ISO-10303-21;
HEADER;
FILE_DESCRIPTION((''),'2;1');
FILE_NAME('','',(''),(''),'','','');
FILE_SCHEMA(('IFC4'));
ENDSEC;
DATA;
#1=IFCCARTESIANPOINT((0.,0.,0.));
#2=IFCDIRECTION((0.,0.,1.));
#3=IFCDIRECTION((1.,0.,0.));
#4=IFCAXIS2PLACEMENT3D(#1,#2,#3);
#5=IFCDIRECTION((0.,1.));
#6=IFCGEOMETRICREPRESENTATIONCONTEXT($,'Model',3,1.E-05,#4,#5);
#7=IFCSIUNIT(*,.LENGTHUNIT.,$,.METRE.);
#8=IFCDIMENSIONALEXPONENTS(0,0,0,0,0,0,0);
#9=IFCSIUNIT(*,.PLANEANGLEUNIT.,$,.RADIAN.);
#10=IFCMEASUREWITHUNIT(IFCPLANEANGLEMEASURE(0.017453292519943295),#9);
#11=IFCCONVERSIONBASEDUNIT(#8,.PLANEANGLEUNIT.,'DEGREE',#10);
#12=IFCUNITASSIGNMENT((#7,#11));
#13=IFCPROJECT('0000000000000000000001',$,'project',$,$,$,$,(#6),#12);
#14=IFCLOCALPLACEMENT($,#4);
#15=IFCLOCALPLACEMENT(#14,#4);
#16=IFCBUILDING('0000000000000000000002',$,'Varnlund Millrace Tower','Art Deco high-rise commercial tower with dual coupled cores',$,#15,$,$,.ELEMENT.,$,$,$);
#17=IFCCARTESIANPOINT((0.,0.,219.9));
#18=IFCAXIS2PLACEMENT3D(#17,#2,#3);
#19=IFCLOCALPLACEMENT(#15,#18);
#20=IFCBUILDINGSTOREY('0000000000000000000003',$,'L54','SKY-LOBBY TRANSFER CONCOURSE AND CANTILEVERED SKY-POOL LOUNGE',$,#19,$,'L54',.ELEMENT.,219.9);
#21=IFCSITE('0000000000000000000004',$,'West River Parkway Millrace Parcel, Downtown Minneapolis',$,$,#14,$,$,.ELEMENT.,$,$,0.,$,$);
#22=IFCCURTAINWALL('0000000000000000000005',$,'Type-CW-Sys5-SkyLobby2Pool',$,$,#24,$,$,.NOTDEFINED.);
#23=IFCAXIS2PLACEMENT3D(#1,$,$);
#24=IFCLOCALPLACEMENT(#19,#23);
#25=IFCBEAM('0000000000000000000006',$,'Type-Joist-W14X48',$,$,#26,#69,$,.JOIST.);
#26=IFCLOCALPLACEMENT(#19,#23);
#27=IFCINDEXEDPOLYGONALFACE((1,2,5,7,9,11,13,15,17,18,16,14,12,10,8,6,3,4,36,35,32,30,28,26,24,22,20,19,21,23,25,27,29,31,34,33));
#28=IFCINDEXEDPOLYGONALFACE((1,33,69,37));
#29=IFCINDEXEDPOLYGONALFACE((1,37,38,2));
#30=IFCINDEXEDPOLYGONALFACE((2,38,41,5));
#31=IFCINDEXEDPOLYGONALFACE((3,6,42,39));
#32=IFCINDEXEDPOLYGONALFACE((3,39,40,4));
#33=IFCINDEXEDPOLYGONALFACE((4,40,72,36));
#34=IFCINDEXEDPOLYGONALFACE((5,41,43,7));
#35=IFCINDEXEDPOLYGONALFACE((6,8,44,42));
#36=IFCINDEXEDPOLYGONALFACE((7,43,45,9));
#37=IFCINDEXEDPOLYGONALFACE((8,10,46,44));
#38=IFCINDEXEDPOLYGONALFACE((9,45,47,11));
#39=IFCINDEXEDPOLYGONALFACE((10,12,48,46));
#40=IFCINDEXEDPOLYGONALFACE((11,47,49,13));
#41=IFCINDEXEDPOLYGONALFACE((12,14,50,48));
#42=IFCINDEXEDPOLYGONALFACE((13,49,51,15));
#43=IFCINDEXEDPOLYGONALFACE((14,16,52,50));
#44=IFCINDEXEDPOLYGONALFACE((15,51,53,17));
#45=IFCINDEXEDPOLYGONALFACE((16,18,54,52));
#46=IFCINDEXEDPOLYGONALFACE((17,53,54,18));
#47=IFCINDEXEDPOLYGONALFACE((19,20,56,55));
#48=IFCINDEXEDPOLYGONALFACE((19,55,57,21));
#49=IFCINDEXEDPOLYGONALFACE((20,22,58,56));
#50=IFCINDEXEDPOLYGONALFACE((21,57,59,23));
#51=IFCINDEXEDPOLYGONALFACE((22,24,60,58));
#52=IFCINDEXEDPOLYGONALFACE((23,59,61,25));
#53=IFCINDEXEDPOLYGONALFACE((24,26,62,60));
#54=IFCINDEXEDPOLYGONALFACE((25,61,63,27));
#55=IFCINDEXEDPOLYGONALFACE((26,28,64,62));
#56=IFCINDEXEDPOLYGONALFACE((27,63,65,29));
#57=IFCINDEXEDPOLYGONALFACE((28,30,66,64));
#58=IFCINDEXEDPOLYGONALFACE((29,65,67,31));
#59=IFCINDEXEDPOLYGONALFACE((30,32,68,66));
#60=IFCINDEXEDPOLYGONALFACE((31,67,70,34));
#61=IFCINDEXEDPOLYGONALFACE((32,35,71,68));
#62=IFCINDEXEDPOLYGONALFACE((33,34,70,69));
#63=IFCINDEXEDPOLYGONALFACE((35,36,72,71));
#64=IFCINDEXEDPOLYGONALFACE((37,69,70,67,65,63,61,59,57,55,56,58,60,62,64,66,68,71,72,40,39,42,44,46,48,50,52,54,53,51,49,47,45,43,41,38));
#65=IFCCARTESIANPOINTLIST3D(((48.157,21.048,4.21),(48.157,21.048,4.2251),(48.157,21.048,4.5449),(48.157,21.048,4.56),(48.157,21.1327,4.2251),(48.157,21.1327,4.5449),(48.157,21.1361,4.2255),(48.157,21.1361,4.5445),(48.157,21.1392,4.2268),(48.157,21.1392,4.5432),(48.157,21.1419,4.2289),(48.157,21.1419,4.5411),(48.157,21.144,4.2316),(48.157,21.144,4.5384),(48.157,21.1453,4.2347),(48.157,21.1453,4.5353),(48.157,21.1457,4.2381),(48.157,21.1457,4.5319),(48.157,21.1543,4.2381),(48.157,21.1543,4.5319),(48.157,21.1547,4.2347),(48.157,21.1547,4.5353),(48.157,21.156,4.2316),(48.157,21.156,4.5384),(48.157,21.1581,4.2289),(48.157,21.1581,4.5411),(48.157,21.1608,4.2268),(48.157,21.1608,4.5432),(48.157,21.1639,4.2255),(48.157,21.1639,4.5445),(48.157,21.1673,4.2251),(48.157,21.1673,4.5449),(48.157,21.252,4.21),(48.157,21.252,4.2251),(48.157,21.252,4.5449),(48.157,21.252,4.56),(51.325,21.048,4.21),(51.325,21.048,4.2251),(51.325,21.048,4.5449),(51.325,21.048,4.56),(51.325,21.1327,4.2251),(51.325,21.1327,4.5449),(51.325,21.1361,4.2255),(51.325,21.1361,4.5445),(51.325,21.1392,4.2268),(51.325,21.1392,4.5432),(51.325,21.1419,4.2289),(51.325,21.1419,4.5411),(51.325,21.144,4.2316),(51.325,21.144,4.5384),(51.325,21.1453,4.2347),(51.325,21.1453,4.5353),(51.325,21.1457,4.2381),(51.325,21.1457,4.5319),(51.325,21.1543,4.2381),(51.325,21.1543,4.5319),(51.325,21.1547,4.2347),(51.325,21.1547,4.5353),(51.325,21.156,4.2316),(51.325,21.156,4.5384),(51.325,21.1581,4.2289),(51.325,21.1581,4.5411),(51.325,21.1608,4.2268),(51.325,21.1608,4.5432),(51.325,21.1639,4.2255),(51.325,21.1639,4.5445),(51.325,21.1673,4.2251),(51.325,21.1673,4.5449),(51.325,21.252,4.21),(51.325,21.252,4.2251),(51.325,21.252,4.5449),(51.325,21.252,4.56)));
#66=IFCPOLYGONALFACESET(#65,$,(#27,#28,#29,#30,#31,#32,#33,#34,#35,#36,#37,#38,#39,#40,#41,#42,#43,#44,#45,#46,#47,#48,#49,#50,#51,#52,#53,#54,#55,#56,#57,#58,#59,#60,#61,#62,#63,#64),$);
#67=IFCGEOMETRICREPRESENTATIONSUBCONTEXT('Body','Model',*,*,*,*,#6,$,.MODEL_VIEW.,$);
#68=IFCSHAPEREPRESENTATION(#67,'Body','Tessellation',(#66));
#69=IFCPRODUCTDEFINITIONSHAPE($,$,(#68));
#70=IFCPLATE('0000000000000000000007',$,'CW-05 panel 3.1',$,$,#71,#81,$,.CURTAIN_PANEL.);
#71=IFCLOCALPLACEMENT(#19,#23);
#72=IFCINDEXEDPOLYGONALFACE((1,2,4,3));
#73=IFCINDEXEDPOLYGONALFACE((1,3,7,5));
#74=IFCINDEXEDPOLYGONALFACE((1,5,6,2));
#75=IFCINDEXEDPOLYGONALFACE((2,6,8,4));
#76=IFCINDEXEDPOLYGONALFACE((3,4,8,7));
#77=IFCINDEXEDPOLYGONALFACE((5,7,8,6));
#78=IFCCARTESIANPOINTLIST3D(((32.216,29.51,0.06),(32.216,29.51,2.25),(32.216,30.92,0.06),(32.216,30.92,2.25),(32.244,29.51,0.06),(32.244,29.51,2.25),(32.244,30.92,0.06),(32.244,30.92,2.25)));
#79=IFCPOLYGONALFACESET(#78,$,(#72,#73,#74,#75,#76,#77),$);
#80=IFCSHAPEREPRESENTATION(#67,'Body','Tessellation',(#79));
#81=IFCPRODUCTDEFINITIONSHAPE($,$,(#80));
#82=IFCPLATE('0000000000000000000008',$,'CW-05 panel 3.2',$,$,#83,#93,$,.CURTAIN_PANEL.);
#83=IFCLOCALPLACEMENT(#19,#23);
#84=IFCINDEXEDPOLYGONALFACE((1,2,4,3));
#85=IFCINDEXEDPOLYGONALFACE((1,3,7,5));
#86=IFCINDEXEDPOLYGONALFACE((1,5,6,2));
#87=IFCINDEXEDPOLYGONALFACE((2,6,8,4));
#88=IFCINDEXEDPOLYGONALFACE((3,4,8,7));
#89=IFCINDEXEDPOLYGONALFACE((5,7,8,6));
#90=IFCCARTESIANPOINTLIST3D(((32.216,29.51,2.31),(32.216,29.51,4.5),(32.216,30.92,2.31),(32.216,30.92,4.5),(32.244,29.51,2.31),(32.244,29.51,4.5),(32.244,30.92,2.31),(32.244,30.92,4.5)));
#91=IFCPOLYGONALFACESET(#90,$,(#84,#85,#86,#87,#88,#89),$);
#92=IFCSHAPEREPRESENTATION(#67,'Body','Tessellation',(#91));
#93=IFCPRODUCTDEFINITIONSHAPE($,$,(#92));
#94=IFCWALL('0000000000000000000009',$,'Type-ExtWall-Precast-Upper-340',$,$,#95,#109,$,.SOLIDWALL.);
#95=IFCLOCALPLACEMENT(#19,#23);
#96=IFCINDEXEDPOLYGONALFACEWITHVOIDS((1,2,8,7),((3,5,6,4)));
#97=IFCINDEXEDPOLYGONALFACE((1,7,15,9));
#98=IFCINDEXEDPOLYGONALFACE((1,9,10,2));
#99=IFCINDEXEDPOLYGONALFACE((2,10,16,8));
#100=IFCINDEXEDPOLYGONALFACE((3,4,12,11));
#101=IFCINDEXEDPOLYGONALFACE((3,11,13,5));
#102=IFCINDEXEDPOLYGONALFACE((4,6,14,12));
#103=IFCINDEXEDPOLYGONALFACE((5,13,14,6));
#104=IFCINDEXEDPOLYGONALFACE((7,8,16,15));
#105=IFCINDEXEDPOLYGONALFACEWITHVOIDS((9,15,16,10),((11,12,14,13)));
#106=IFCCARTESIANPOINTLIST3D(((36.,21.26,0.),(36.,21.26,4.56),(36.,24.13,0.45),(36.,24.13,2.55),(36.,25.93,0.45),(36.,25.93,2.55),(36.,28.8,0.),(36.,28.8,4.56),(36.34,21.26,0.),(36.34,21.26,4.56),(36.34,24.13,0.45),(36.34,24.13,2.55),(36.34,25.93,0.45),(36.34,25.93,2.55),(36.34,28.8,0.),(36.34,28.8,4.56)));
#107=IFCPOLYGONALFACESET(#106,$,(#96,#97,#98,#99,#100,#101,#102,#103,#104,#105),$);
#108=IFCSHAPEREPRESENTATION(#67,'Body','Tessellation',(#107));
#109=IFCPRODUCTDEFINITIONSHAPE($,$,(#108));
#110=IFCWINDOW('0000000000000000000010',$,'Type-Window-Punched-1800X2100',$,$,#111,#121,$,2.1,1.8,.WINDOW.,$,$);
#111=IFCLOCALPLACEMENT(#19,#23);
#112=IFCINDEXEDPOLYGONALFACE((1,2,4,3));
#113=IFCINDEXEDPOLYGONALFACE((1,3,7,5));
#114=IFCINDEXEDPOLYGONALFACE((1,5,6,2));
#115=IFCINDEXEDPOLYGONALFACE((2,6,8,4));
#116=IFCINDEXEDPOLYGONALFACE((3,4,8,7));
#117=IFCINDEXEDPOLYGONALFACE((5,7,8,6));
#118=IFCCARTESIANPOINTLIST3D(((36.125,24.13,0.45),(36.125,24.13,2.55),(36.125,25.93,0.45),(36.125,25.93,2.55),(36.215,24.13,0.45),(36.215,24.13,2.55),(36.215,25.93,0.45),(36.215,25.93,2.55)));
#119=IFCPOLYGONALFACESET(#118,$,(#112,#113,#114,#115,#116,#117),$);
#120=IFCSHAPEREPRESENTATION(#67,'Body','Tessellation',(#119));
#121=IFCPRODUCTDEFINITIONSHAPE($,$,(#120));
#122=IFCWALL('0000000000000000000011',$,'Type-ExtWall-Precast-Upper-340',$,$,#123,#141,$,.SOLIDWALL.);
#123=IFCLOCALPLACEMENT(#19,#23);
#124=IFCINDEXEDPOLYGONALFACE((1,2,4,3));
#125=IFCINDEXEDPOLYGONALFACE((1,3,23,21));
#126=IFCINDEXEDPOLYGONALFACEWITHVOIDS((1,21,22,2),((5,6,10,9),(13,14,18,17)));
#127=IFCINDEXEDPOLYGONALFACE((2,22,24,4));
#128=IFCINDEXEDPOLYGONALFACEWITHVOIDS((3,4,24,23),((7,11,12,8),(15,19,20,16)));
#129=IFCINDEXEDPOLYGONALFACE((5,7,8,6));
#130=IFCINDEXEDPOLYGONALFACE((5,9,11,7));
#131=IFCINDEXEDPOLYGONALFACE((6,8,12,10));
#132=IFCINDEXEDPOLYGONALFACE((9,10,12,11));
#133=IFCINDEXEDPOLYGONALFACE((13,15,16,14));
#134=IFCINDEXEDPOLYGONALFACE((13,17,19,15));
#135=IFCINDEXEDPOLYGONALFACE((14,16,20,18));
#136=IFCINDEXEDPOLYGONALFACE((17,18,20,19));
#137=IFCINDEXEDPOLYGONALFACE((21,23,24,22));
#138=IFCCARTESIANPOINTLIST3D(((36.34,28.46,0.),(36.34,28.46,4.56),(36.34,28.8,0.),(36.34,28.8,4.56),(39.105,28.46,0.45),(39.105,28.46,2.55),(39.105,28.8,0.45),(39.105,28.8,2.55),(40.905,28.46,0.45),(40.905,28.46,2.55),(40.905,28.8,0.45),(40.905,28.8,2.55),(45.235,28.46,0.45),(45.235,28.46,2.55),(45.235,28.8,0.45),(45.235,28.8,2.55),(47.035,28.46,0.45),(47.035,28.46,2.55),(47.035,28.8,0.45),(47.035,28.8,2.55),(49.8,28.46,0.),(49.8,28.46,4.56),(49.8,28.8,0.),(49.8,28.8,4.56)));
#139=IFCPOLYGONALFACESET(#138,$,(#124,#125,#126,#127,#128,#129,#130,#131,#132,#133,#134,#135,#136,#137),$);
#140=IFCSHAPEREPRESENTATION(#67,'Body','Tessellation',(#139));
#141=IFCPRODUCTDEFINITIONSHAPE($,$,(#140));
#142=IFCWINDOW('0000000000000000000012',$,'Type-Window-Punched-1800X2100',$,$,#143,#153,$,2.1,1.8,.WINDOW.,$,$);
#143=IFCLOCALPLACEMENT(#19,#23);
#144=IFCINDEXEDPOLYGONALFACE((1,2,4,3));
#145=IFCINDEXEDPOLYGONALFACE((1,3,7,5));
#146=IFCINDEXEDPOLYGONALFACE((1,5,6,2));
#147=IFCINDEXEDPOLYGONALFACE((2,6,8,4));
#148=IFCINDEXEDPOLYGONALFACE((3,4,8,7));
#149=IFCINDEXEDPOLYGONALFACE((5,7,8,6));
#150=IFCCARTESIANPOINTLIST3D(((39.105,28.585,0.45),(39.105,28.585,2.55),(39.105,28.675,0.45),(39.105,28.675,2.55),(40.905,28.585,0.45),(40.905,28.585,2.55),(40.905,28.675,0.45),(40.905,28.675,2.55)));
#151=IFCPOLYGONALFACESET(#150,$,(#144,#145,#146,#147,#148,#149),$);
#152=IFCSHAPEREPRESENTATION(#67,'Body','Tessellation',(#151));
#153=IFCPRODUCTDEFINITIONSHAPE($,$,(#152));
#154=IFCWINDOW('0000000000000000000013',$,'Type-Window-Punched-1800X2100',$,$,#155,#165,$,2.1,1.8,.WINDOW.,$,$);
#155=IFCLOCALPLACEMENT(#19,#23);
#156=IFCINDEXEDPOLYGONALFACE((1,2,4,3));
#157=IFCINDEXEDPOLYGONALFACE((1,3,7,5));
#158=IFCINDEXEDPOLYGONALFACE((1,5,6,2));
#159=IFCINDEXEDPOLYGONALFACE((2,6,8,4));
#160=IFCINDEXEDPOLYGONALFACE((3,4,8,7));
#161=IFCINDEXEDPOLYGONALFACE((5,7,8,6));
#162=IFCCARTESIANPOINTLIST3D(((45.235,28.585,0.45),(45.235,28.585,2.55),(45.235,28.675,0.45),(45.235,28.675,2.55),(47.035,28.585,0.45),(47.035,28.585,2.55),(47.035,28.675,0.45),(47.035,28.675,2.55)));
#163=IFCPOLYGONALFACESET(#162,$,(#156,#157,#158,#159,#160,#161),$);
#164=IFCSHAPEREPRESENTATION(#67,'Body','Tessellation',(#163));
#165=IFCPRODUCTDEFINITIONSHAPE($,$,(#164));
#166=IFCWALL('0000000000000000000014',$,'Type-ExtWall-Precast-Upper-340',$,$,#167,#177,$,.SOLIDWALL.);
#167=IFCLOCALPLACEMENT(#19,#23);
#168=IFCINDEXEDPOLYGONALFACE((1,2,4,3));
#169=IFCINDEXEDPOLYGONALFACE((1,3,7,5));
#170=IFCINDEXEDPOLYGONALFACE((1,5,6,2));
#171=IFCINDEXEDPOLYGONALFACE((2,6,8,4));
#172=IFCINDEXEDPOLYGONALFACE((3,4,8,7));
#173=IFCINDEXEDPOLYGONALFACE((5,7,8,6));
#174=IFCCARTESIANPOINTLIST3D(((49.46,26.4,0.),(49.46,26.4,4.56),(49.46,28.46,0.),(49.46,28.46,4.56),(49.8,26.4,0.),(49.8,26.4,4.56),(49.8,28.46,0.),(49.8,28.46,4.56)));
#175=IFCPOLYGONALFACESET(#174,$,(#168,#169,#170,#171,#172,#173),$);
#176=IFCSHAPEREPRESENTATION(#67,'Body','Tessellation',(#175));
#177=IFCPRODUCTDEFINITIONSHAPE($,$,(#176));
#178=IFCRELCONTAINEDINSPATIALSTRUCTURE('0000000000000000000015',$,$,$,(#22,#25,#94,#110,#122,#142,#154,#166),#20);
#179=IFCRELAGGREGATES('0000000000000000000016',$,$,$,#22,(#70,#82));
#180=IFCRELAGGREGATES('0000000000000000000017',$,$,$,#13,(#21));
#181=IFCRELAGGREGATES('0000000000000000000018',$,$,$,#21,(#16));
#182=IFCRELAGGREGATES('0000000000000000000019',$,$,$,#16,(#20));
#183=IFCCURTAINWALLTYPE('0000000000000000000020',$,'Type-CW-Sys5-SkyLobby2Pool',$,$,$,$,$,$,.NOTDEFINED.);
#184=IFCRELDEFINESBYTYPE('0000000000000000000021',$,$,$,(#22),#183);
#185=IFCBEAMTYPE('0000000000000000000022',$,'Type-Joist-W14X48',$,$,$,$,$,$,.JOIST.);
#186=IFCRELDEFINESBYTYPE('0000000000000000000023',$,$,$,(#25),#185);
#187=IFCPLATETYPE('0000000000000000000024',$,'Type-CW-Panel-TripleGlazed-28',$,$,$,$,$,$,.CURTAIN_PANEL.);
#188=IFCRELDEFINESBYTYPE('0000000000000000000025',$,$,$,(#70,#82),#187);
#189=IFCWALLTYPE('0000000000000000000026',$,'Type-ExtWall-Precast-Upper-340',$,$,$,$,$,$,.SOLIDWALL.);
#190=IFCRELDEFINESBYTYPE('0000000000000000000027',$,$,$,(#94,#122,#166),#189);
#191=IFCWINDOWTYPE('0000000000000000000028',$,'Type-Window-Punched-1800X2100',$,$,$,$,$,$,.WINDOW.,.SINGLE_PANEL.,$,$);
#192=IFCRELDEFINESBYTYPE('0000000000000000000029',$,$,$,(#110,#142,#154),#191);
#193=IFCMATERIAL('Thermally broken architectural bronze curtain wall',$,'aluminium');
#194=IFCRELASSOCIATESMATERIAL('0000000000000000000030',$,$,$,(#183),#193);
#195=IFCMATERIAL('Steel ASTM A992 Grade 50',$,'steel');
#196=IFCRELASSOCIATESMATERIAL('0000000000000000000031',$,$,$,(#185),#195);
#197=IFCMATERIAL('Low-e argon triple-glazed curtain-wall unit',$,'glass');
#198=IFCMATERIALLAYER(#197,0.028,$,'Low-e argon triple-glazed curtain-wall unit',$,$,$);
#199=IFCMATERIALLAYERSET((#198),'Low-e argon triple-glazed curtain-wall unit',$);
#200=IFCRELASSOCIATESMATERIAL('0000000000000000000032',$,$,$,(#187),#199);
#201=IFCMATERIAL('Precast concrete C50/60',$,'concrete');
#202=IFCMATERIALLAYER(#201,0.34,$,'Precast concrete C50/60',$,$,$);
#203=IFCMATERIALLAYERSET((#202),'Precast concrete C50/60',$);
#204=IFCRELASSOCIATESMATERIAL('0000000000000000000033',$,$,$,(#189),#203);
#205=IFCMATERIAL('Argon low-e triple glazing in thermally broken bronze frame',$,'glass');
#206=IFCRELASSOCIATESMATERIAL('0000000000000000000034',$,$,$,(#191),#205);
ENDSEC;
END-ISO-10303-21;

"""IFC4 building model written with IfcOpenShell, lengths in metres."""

from ifc_helpers import new_model, entity, si_unit, converted_unit, direction, frame, origin_with_axes, origin_2d_with_axis, place, context, subcontext, project, spatial, polyline, rectangle, i_section, outline, extrude, material, layer, layer_set, material_profile, profile_set, type_object, element, fill, aggregate, save


model = new_model("IFC4")

# Units and contexts
model_context = context("Model", 3, precision=1e-05, world=origin_with_axes(), true_north=direction((0.0, 1.0)))
body_context = subcontext(model_context, "Body", "Model", "MODEL_VIEW")
ifc_project = project(units=[si_unit("LENGTHUNIT", "METRE"), converted_unit("PLANEANGLEUNIT", "DEGREE", entity("IfcPlaneAngleMeasure", 0.017453292519943295), si_unit("PLANEANGLEUNIT", "RADIAN"), dimensions=[0, 0, 0, 0, 0, 0, 0])], contexts=[model_context])

# Site, building, storey
site_placement = place(None, origin_with_axes())
site = spatial("IfcSite", under=ifc_project, at=site_placement, Name="West River Parkway Millrace Parcel, Downtown Minneapolis", CompositionType="ELEMENT", RefElevation=0.0)
building_placement = place(site_placement, origin_with_axes())
building = spatial("IfcBuilding", under=site, at=building_placement, Name="Varnlund Millrace Tower", Description="Art Deco high-rise commercial tower with dual coupled cores", CompositionType="ELEMENT")
storey_placement = place(building_placement, frame((0.0, 0.0, 219.9), z_axis=(0.0, 0.0, 1.0), x_axis=(1.0, 0.0, 0.0)))
storey = spatial("IfcBuildingStorey", under=building, at=storey_placement, Name="L54", Description="SKY-LOBBY TRANSFER CONCOURSE AND CANTILEVERED SKY-POOL LOUNGE", LongName="L54", CompositionType="ELEMENT", Elevation=219.9)

# Curtain wall
ifc_material_1 = material(Name="Thermally broken architectural bronze curtain wall", Category="aluminium")
curtain_wall_type = type_object("IfcCurtainWallType", Name="Type-CW-Sys5-SkyLobby2Pool", PredefinedType="NOTDEFINED", material=ifc_material_1)
curtain_wall_placement = place(storey_placement, frame((32.23, 33.95, 0.0), z_axis=(0.0, 0.0, 1.0), x_axis=(1.0, 0.0, 0.0)))
curtain_wall = element("IfcCurtainWall", 1, at=curtain_wall_placement, inside=storey, type_object=curtain_wall_type, Name="Type-CW-Sys5-SkyLobby2Pool", PredefinedType="NOTDEFINED")

# Beam
ifc_material_2 = material(Name="Steel ASTM A992 Grade 50", Category="steel")
ifc_material_profile_1 = material_profile(ifc_material_2, i_section(OverallWidth=0.204, OverallDepth=0.35, WebThickness=0.0086, FlangeThickness=0.0151, FilletRadius=0.013, at=origin_2d_with_axis()), Name="Steel ASTM A992 Grade 50")
ifc_profile_set_1 = profile_set([ifc_material_profile_1], Name="Steel ASTM A992 Grade 50")
beam_type_1 = type_object("IfcBeamType", Name="Type-Joist-W14X48", PredefinedType="JOIST", material=ifc_profile_set_1)
beam_1_placement = place(storey_placement, frame((48.157, 21.15, 4.385), z_axis=(1.0, 0.0, 0.0), x_axis=(0.0, 1.0, 0.0)))
element("IfcBeam", 2, at=beam_1_placement, inside=storey, type_object=beam_type_1, Name="Type-Joist-W14X48", PredefinedType="JOIST", context=body_context, shape_type="SweptSolid", body=[
    extrude(i_section(OverallWidth=0.204, OverallDepth=0.35, WebThickness=0.0086, FlangeThickness=0.0151, FilletRadius=0.013, at=origin_2d_with_axis()), origin_with_axes(), (0.0, 0.0, 1.0), 3.168),
])

# Plates
ifc_material_3 = material(Name="Low-e argon triple-glazed curtain-wall unit", Category="glass")
ifc_layer_1 = layer(ifc_material_3, 0.028, Name="Low-e argon triple-glazed curtain-wall unit")
ifc_layer_set_1 = layer_set([ifc_layer_1], Name="Low-e argon triple-glazed curtain-wall unit")
plate_type = type_object("IfcPlateType", Name="Type-CW-Panel-TripleGlazed-28", PredefinedType="CURTAIN_PANEL", material=ifc_layer_set_1)
plate_1_placement = place(storey_placement, frame((32.23, 30.215, 0.06), z_axis=(0.0, 0.0, 1.0), x_axis=(0.0, -1.0, 0.0)))
plate_1 = element("IfcPlate", 3, at=plate_1_placement, type_object=plate_type, Name="CW-05 panel 3.1", PredefinedType="CURTAIN_PANEL", context=body_context, shape_type="SweptSolid", body=[
    extrude(rectangle(XDim=1.41, YDim=0.028, at=origin_2d_with_axis()), origin_with_axes(), (0.0, 0.0, 1.0), 2.19),
])
plate_2_placement = place(storey_placement, frame((32.23, 30.215, 2.31), z_axis=(0.0, 0.0, 1.0), x_axis=(0.0, -1.0, 0.0)))
plate_2 = element("IfcPlate", 4, at=plate_2_placement, type_object=plate_type, Name="CW-05 panel 3.2", PredefinedType="CURTAIN_PANEL", context=body_context, shape_type="SweptSolid", body=[
    extrude(rectangle(XDim=1.41, YDim=0.028, at=origin_2d_with_axis()), origin_with_axes(), (0.0, 0.0, 1.0), 2.19),
])
aggregate(curtain_wall, [plate_1, plate_2])

# Wall, opening, window
ifc_material_4 = material(Name="Precast concrete C50/60", Category="concrete")
ifc_layer_2 = layer(ifc_material_4, 0.34, Name="Precast concrete C50/60")
ifc_layer_set_2 = layer_set([ifc_layer_2], Name="Precast concrete C50/60")
wall_type_1 = type_object("IfcWallType", Name="Type-ExtWall-Precast-Upper-340", PredefinedType="SOLIDWALL", material=ifc_layer_set_2)
wall_1_placement = place(storey_placement, frame((36.17, 21.26, 0.0), z_axis=(0.0, 0.0, 1.0), x_axis=(0.0, 1.0, 0.0)))
wall_1 = element("IfcWall", 5, at=wall_1_placement, inside=storey, type_object=wall_type_1, Name="Type-ExtWall-Precast-Upper-340", PredefinedType="SOLIDWALL", context=body_context, shape_type="SweptSolid", body=[
    extrude(outline(polyline([(0.0, -0.17), (7.54, -0.17), (7.54, 0.17), (0.0, 0.17), (0.0, -0.17)])), origin_with_axes(), (0.0, 0.0, 1.0), 4.56),
])
opening_1_placement = place(wall_1_placement, frame((3.77, 0.0, 0.45), z_axis=(0.0, 0.0, 1.0), x_axis=(1.0, 0.0, 0.0)))
opening_1 = element("IfcOpeningElement", 6, at=opening_1_placement, cuts=wall_1, PredefinedType="OPENING", context=body_context, shape_type="SweptSolid", body=[
    extrude(rectangle(XDim=1.8, YDim=0.36, at=origin_2d_with_axis()), origin_with_axes(), (0.0, 0.0, 1.0), 2.1),
])
ifc_material_5 = material(Name="Argon low-e triple glazing in thermally broken bronze frame", Category="glass")
window_type = type_object("IfcWindowType", Name="Type-Window-Punched-1800X2100", PartitioningType="SINGLE_PANEL", PredefinedType="WINDOW", material=ifc_material_5)
window_1_placement = place(wall_1_placement, frame((3.77, 0.0, 0.45), z_axis=(0.0, 0.0, 1.0), x_axis=(1.0, 0.0, 0.0)))
window_1 = element("IfcWindow", 7, at=window_1_placement, inside=storey, type_object=window_type, Name="Type-Window-Punched-1800X2100", OverallHeight=2.1, OverallWidth=1.8, PredefinedType="WINDOW", context=body_context, shape_type="SweptSolid", body=[
    extrude(rectangle(XDim=1.8, YDim=0.09, at=origin_2d_with_axis()), origin_with_axes(), (0.0, 0.0, 1.0), 2.1),
])
fill(opening_1, window_1)

# Wall, openings, windows
wall_2_placement = place(storey_placement, frame((36.34, 28.63, 0.0), z_axis=(0.0, 0.0, 1.0), x_axis=(1.0, 0.0, 0.0)))
wall_2 = element("IfcWall", 8, at=wall_2_placement, inside=storey, type_object=wall_type_1, Name="Type-ExtWall-Precast-Upper-340", PredefinedType="SOLIDWALL", context=body_context, shape_type="SweptSolid", body=[
    extrude(outline(polyline([(0.0, -0.17), (13.46, -0.17), (13.46, 0.17), (0.0, 0.17), (0.0, -0.17)])), origin_with_axes(), (0.0, 0.0, 1.0), 4.56),
])
opening_2_placement = place(wall_2_placement, frame((3.665, 0.0, 0.45), z_axis=(0.0, 0.0, 1.0), x_axis=(1.0, 0.0, 0.0)))
opening_2 = element("IfcOpeningElement", 9, at=opening_2_placement, cuts=wall_2, PredefinedType="OPENING", context=body_context, shape_type="SweptSolid", body=[
    extrude(rectangle(XDim=1.8, YDim=0.36, at=origin_2d_with_axis()), origin_with_axes(), (0.0, 0.0, 1.0), 2.1),
])
opening_3_placement = place(wall_2_placement, frame((9.795, 0.0, 0.45), z_axis=(0.0, 0.0, 1.0), x_axis=(1.0, 0.0, 0.0)))
opening_3 = element("IfcOpeningElement", 10, at=opening_3_placement, cuts=wall_2, PredefinedType="OPENING", context=body_context, shape_type="SweptSolid", body=[
    extrude(rectangle(XDim=1.8, YDim=0.36, at=origin_2d_with_axis()), origin_with_axes(), (0.0, 0.0, 1.0), 2.1),
])
window_2_placement = place(wall_2_placement, frame((3.665, 0.0, 0.45), z_axis=(0.0, 0.0, 1.0), x_axis=(1.0, 0.0, 0.0)))
window_2 = element("IfcWindow", 11, at=window_2_placement, inside=storey, type_object=window_type, Name="Type-Window-Punched-1800X2100", OverallHeight=2.1, OverallWidth=1.8, PredefinedType="WINDOW", context=body_context, shape_type="SweptSolid", body=[
    extrude(rectangle(XDim=1.8, YDim=0.09, at=origin_2d_with_axis()), origin_with_axes(), (0.0, 0.0, 1.0), 2.1),
])
fill(opening_2, window_2)
window_3_placement = place(wall_2_placement, frame((9.795, 0.0, 0.45), z_axis=(0.0, 0.0, 1.0), x_axis=(1.0, 0.0, 0.0)))
window_3 = element("IfcWindow", 12, at=window_3_placement, inside=storey, type_object=window_type, Name="Type-Window-Punched-1800X2100", OverallHeight=2.1, OverallWidth=1.8, PredefinedType="WINDOW", context=body_context, shape_type="SweptSolid", body=[
    extrude(rectangle(XDim=1.8, YDim=0.09, at=origin_2d_with_axis()), origin_with_axes(), (0.0, 0.0, 1.0), 2.1),
])
fill(opening_3, window_3)

# Wall
wall_3_placement = place(storey_placement, frame((49.63, 28.46, 0.0), z_axis=(0.0, 0.0, 1.0), x_axis=(0.0, -1.0, 0.0)))
element("IfcWall", 13, at=wall_3_placement, inside=storey, type_object=wall_type_1, Name="Type-ExtWall-Precast-Upper-340", PredefinedType="SOLIDWALL", context=body_context, shape_type="SweptSolid", body=[
    extrude(outline(polyline([(0.0, -0.17), (2.06, -0.17), (2.06, 0.17), (0.0, 0.17), (0.0, -0.17)])), origin_with_axes(), (0.0, 0.0, 1.0), 4.56),
])

save(model, "model.ifc")
